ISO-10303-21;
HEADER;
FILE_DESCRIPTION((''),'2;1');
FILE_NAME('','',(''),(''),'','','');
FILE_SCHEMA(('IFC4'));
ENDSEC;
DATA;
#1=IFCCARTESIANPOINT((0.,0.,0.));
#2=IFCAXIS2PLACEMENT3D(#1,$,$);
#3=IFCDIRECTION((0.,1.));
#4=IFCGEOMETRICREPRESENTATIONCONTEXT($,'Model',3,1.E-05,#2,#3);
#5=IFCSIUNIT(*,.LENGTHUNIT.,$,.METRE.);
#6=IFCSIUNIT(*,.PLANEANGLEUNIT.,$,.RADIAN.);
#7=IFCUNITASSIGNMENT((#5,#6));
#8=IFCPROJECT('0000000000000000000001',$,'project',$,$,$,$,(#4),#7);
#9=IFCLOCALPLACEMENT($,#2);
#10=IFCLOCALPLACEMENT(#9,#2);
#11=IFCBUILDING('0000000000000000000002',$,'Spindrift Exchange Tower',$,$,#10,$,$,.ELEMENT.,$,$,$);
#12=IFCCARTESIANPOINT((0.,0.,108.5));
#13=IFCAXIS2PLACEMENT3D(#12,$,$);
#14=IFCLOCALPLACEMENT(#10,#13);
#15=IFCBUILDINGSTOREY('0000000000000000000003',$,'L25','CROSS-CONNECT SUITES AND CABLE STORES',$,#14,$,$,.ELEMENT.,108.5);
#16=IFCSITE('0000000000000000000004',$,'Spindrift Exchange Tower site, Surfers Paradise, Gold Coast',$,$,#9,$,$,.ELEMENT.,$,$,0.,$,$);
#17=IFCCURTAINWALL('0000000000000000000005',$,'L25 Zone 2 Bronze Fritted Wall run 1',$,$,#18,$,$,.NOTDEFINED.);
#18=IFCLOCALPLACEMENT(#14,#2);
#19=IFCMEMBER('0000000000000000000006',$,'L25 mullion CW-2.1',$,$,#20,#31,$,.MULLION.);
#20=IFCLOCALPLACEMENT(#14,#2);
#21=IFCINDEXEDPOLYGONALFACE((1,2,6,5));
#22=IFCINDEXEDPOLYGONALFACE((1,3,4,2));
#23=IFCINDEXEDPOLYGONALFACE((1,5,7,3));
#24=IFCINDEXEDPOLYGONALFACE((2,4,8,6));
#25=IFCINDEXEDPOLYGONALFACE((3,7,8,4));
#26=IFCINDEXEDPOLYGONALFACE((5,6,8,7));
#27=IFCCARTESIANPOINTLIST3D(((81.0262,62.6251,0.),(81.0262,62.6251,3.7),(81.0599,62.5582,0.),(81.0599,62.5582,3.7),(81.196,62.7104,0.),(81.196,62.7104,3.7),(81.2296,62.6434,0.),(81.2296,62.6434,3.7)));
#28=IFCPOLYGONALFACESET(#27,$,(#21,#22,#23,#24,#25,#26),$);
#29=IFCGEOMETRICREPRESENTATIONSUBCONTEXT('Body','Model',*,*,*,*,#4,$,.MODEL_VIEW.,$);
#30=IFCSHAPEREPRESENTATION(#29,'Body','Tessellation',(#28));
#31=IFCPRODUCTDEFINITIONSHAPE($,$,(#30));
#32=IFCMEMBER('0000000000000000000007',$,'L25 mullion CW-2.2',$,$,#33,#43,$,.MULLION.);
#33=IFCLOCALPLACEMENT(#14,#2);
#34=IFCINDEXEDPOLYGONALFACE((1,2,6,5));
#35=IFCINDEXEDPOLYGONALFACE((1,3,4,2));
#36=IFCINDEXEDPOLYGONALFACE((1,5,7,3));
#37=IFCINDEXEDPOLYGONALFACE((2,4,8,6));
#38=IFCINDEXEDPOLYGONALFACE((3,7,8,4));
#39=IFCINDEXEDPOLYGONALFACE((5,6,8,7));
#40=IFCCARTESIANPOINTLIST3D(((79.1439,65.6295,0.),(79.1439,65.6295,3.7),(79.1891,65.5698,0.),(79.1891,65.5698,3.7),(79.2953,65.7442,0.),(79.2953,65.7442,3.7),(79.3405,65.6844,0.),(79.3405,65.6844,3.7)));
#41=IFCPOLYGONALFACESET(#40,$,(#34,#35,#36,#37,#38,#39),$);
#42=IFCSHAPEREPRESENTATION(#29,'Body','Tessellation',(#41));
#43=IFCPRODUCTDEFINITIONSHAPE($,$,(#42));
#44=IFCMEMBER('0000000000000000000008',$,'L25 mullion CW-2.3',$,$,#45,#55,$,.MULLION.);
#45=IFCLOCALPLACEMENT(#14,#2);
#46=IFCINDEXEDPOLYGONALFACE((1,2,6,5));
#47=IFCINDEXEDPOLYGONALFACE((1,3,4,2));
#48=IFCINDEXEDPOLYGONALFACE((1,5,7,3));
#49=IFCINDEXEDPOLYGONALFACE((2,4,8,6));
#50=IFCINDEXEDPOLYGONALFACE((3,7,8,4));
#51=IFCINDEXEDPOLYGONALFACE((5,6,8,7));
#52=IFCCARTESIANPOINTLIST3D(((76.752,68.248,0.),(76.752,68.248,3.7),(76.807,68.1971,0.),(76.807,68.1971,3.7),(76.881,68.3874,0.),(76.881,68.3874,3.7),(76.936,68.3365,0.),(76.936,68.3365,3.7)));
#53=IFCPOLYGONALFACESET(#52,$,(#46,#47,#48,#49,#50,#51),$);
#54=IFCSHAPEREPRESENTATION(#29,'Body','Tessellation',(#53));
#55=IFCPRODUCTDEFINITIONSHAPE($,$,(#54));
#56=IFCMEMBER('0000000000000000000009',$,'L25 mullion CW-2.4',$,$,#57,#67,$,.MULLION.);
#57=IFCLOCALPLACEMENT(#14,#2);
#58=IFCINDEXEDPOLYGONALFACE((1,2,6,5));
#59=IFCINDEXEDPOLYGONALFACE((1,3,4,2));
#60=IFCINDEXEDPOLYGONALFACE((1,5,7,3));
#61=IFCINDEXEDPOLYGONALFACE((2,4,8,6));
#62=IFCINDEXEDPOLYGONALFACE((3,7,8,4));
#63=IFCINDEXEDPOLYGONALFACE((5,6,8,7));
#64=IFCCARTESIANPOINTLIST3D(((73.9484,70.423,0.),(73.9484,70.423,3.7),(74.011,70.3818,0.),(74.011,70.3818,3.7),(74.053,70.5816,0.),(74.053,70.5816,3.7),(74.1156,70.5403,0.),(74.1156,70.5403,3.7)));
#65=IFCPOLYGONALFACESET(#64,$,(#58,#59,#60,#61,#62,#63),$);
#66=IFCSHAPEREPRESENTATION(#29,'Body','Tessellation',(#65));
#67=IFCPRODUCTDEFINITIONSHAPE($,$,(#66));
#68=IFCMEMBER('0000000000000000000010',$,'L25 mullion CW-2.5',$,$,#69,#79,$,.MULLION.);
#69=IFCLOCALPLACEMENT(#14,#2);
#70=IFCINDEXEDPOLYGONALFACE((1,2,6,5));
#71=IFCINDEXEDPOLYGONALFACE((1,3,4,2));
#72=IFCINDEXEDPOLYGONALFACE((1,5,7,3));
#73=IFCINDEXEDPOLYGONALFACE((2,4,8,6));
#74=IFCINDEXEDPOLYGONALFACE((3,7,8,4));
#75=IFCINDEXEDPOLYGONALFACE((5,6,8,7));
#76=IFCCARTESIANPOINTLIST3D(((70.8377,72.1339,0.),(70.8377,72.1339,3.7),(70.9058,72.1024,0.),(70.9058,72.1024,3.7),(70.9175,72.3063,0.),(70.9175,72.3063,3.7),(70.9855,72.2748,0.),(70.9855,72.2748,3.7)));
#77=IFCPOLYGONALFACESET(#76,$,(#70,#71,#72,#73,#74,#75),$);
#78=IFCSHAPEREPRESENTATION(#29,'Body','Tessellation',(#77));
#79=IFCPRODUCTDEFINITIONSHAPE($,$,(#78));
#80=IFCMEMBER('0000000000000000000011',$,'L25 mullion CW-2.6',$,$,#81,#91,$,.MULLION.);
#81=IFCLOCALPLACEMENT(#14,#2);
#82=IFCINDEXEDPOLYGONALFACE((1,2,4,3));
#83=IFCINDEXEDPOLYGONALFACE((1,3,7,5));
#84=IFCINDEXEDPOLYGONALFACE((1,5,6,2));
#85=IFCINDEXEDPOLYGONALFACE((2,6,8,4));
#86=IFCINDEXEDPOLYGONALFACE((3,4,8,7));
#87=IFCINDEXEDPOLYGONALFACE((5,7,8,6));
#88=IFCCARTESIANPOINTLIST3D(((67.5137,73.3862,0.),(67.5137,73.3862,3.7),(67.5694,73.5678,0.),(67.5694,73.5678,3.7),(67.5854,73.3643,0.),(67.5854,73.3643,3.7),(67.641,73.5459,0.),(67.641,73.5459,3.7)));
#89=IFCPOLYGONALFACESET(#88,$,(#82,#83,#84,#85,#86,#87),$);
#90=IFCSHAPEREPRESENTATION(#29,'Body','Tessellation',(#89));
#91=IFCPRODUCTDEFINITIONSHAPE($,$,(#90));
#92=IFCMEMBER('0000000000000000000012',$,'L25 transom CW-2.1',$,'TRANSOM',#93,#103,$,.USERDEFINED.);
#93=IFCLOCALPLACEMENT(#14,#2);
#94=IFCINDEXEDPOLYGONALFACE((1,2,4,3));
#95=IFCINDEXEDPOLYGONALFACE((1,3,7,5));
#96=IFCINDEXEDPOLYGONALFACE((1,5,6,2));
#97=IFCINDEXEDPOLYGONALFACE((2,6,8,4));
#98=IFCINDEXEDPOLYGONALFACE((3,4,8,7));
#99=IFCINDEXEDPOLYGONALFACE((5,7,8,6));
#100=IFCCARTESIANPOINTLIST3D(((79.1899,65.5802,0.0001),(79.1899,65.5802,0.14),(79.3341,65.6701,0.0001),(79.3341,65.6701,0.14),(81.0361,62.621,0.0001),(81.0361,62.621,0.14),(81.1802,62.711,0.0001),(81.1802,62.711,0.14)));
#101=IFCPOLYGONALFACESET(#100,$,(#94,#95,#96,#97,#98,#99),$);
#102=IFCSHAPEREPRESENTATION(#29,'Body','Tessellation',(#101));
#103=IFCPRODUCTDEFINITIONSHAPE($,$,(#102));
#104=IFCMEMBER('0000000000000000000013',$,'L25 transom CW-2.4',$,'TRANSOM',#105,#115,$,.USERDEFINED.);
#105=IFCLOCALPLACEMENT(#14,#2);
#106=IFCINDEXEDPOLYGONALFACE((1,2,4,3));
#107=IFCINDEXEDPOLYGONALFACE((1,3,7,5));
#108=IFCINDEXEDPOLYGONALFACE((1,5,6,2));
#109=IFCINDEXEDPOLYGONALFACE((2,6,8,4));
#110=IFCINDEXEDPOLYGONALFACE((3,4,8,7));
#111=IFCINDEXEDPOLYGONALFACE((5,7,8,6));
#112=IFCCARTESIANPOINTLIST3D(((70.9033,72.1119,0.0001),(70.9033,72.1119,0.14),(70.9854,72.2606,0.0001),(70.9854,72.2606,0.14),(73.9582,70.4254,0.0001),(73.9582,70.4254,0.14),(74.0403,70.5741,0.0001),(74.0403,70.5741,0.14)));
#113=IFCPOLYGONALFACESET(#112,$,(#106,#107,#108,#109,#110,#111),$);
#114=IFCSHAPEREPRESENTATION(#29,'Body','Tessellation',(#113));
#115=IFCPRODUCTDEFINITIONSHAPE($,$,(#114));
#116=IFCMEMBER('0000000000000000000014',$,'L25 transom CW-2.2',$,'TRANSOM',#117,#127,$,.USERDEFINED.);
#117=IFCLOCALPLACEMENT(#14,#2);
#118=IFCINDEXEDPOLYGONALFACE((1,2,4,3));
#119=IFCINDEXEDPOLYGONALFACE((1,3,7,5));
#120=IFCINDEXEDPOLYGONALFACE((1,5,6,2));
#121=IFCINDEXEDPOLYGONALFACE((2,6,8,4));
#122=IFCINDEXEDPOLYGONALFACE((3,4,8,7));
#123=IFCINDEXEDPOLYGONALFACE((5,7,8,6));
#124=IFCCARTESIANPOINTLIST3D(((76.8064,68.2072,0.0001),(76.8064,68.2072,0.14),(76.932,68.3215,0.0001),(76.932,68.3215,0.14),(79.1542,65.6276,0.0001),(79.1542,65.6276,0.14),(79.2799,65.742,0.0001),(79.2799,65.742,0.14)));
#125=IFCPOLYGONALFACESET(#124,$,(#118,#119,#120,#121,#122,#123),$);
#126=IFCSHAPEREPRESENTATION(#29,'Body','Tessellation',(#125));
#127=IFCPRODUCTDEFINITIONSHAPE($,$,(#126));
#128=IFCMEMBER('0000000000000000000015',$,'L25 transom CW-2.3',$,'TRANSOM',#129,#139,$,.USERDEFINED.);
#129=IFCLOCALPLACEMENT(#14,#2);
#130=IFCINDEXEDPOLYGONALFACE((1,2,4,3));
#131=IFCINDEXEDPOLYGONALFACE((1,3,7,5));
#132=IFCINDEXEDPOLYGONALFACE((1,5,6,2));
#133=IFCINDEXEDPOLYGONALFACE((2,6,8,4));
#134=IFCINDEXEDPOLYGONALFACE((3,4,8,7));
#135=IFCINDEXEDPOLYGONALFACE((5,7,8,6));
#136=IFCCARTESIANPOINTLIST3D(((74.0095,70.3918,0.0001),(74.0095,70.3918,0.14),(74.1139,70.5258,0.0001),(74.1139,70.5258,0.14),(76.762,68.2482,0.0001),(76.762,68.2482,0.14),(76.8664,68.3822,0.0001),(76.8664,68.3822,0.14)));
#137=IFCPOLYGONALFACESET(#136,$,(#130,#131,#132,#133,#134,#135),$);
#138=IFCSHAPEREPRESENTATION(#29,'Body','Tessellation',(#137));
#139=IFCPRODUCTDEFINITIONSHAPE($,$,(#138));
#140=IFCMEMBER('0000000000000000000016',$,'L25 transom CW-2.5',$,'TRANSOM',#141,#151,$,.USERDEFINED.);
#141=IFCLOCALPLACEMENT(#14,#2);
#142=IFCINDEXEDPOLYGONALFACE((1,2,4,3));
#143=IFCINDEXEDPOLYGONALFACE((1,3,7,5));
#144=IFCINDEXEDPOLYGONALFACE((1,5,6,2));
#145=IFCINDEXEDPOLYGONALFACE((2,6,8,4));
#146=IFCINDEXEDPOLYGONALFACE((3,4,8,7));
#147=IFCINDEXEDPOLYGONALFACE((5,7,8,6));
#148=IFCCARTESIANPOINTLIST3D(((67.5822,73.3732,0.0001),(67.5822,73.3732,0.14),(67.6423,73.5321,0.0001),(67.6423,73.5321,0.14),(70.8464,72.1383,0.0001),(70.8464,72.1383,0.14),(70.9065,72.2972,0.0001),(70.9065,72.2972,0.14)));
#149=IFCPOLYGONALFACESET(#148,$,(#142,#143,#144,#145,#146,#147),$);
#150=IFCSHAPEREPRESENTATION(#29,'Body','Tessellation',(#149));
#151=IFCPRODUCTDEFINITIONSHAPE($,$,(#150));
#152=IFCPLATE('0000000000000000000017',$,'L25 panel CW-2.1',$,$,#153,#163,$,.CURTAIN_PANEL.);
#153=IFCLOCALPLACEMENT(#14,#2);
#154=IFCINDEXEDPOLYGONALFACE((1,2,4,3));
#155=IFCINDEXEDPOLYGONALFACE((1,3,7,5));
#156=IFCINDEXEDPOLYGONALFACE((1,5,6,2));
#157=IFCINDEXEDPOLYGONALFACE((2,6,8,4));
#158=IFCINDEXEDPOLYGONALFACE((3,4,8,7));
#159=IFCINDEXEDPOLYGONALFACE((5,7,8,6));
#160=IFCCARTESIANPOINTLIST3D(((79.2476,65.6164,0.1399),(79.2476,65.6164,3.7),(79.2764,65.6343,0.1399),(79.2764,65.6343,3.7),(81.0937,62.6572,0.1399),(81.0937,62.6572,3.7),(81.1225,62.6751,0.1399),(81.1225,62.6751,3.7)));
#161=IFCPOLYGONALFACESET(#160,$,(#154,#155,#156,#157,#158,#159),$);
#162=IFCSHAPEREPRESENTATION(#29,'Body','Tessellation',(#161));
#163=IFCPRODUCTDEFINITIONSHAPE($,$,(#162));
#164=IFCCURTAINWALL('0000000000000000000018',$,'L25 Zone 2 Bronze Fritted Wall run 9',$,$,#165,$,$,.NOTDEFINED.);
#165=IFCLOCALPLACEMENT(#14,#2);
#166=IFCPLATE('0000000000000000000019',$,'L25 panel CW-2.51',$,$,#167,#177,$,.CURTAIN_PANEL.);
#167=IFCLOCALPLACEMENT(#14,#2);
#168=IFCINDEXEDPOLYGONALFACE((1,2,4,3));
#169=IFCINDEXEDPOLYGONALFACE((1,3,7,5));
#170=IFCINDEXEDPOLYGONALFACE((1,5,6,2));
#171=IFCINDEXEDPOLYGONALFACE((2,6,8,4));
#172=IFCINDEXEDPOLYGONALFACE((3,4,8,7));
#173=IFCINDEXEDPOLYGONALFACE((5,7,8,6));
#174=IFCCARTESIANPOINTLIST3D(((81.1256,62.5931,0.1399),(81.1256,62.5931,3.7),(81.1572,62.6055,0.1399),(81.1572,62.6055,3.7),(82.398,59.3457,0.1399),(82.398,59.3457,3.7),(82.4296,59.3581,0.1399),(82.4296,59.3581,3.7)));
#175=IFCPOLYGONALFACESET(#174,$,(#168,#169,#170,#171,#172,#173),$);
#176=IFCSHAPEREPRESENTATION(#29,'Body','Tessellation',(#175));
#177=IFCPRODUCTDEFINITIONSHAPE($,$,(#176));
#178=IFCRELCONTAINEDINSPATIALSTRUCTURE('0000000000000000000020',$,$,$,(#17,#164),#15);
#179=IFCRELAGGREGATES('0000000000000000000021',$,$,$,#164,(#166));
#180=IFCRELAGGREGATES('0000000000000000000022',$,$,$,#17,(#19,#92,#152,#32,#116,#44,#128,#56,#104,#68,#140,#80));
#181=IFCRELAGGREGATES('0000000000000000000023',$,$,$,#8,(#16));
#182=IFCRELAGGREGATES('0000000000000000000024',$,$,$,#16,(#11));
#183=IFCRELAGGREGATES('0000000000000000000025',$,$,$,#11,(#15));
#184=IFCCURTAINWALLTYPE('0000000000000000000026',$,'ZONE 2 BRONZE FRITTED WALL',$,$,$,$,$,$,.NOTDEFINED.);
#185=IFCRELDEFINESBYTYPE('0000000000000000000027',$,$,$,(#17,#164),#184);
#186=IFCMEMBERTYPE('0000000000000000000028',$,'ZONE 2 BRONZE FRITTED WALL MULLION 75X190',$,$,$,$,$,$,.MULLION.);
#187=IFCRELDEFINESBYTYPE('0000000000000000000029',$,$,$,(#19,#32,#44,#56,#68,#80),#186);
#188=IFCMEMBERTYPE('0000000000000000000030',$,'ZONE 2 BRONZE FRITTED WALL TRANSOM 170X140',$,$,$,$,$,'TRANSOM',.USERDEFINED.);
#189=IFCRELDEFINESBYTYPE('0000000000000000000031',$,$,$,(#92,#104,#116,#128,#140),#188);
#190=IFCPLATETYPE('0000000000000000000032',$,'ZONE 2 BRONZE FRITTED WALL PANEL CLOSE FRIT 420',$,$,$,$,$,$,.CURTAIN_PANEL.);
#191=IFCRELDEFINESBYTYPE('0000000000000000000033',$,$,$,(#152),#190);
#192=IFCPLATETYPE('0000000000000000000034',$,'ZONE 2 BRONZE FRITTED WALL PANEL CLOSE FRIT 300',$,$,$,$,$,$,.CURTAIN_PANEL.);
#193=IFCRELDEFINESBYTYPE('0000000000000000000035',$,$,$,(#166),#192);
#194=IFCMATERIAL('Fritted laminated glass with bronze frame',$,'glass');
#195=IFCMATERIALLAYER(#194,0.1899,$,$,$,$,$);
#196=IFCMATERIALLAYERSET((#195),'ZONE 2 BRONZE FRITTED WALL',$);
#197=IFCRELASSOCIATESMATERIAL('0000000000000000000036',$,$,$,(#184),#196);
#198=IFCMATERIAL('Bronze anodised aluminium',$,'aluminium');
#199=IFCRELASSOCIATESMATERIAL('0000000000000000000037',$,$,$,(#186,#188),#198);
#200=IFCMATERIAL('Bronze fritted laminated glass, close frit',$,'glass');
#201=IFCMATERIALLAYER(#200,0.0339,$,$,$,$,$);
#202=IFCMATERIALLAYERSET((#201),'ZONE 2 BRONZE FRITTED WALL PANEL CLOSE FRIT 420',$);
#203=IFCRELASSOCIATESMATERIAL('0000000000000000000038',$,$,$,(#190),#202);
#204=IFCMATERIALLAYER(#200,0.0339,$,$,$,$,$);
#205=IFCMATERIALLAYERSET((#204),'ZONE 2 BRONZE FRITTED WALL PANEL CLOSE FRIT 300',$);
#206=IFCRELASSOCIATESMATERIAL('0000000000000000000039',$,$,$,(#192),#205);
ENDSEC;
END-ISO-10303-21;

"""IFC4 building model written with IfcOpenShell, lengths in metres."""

from ifc_helpers import new_model, si_unit, direction, frame, origin, origin_2d, place, context, subcontext, project, spatial, rectangle, extrude, source, transform, mapped, material, layer, layer_set, material_profile, profile_set, type_object, element, aggregate, save


model = new_model("IFC4")

# Units and contexts
model_context = context("Model", 3, precision=1e-05, world=origin(), true_north=direction((0.0, 1.0)))
body_context = subcontext(model_context, "Body", "Model", "MODEL_VIEW")
ifc_project = project(units=[si_unit("LENGTHUNIT", "METRE"), si_unit("PLANEANGLEUNIT", "RADIAN")], contexts=[model_context])

# Site, building, storey
site_placement = place(None, origin())
site = spatial("IfcSite", under=ifc_project, at=site_placement, Name="Spindrift Exchange Tower site, Surfers Paradise, Gold Coast", CompositionType="ELEMENT", RefElevation=0.0)
building_placement = place(site_placement, origin())
building = spatial("IfcBuilding", under=site, at=building_placement, Name="Spindrift Exchange Tower", CompositionType="ELEMENT")
storey_placement = place(building_placement, frame((0.0, 0.0, 108.5)))
storey = spatial("IfcBuildingStorey", under=building, at=storey_placement, Name="L25", Description="CROSS-CONNECT SUITES AND CABLE STORES", CompositionType="ELEMENT", Elevation=108.5)

# Curtain wall, members, plate
ifc_material_1 = material(Name="Fritted laminated glass with bronze frame", Category="glass")
ifc_layer_1 = layer(ifc_material_1, 0.1899)
ifc_layer_set_1 = layer_set([ifc_layer_1], Name="ZONE 2 BRONZE FRITTED WALL")
curtain_wall_type = type_object("IfcCurtainWallType", Name="ZONE 2 BRONZE FRITTED WALL", PredefinedType="NOTDEFINED", material=ifc_layer_set_1)
curtain_wall_1_placement = place(storey_placement, origin())
curtain_wall_1 = element("IfcCurtainWall", 1, at=curtain_wall_1_placement, inside=storey, type_object=curtain_wall_type, Name="L25 Zone 2 Bronze Fritted Wall run 1", PredefinedType="NOTDEFINED")
ifc_material_2 = material(Name="Bronze anodised aluminium", Category="aluminium")
ifc_material_profile_1 = material_profile(ifc_material_2, rectangle(XDim=0.075, YDim=0.1899, at=origin_2d()), Name="ZONE 2 BRONZE FRITTED WALL MULLION 75X190")
ifc_profile_set_1 = profile_set([ifc_material_profile_1], Name="Bronze anodised aluminium")
member_type_1 = type_object("IfcMemberType", Name="ZONE 2 BRONZE FRITTED WALL MULLION 75X190", PredefinedType="MULLION", material=ifc_profile_set_1)
shared_shape_1 = source(origin(), body_context, "Body", "SweptSolid", [
    extrude(rectangle(XDim=0.075, YDim=0.1899, at=origin_2d()), origin(), (0.0, 0.0, 1.0), 3.7),
])
member_1_placement = place(storey_placement, frame((81.1279, 62.6343, 0.0), z_axis=(0.0, 0.0, 1.0), x_axis=(-0.448949, 0.893557, 0.0)))
member_1 = element("IfcMember", 2, at=member_1_placement, type_object=member_type_1, Name="L25 mullion CW-2.1", PredefinedType="MULLION", context=body_context, shape_type="MappedRepresentation", body=[
    mapped(shared_shape_1, transform((0.0, 0.0, 0.0), scale=1.0)),
])
member_2_placement = place(storey_placement, frame((79.2422, 65.657, 0.0), z_axis=(0.0, 0.0, 1.0), x_axis=(-0.603649, 0.79725, 0.0)))
member_2 = element("IfcMember", 3, at=member_2_placement, type_object=member_type_1, Name="L25 mullion CW-2.2", PredefinedType="MULLION", context=body_context, shape_type="MappedRepresentation", body=[
    mapped(shared_shape_1, transform((0.0, 0.0, 0.0), scale=1.0)),
])
member_3_placement = place(storey_placement, frame((76.844, 68.2922, 0.0), z_axis=(0.0, 0.0, 1.0), x_axis=(-0.733725, 0.679446, 0.0)))
member_3 = element("IfcMember", 4, at=member_3_placement, type_object=member_type_1, Name="L25 mullion CW-2.3", PredefinedType="MULLION", context=body_context, shape_type="MappedRepresentation", body=[
    mapped(shared_shape_1, transform((0.0, 0.0, 0.0), scale=1.0)),
])
member_4_placement = place(storey_placement, frame((74.032, 70.4817, 0.0), z_axis=(0.0, 0.0, 1.0), x_axis=(-0.834807, 0.550543, 0.0)))
member_4 = element("IfcMember", 5, at=member_4_placement, type_object=member_type_1, Name="L25 mullion CW-2.4", PredefinedType="MULLION", context=body_context, shape_type="MappedRepresentation", body=[
    mapped(shared_shape_1, transform((0.0, 0.0, 0.0), scale=1.0)),
])
member_5_placement = place(storey_placement, frame((70.9116, 72.2043, 0.0), z_axis=(0.0, 0.0, 1.0), x_axis=(-0.907681, 0.419662, 0.0)))
member_5 = element("IfcMember", 6, at=member_5_placement, type_object=member_type_1, Name="L25 mullion CW-2.5", PredefinedType="MULLION", context=body_context, shape_type="MappedRepresentation", body=[
    mapped(shared_shape_1, transform((0.0, 0.0, 0.0), scale=1.0)),
])
member_6_placement = place(storey_placement, frame((67.5774, 73.4661, 0.0), z_axis=(0.0, 0.0, 1.0), x_axis=(-0.95615, 0.292878, 0.0)))
member_6 = element("IfcMember", 7, at=member_6_placement, type_object=member_type_1, Name="L25 mullion CW-2.6", PredefinedType="MULLION", context=body_context, shape_type="MappedRepresentation", body=[
    mapped(shared_shape_1, transform((0.0, 0.0, 0.0), scale=1.0)),
])
ifc_material_profile_2 = material_profile(ifc_material_2, rectangle(XDim=0.1699, YDim=0.1399, at=origin_2d()), Name="ZONE 2 BRONZE FRITTED WALL TRANSOM 170X140")
ifc_profile_set_2 = profile_set([ifc_material_profile_2], Name="Bronze anodised aluminium")
member_type_2 = type_object("IfcMemberType", Name="ZONE 2 BRONZE FRITTED WALL TRANSOM 170X140", ElementType="TRANSOM", PredefinedType="USERDEFINED", material=ifc_profile_set_2)
shared_shape_2 = source(origin(), body_context, "Body", "SweptSolid", [
    extrude(rectangle(XDim=0.1699, YDim=0.1399, at=origin_2d()), origin(), (0.0, 0.0, 1.0), 3.4878),
])
member_7_placement = place(storey_placement, frame((81.1082, 62.666, 0.0701), z_axis=(-0.529313, 0.848427, 0.0), x_axis=(-0.848427, -0.529313, 0.0)))
member_7 = element("IfcMember", 8, at=member_7_placement, type_object=member_type_2, Name="L25 transom CW-2.1", ObjectType="TRANSOM", PredefinedType="USERDEFINED", context=body_context, shape_type="MappedRepresentation", body=[
    mapped(shared_shape_2, transform((0.0, 0.0, 0.0), scale=1.0)),
])
shared_shape_3 = source(origin(), body_context, "Body", "SweptSolid", [
    extrude(rectangle(XDim=0.1699, YDim=0.1399, at=origin_2d()), origin(), (0.0, 0.0, 1.0), 3.4895),
])
member_8_placement = place(storey_placement, frame((73.9993, 70.4998, 0.0701), z_axis=(-0.875451, 0.483307, 0.0), x_axis=(-0.483307, -0.875451, 0.0)))
member_8 = element("IfcMember", 9, at=member_8_placement, type_object=member_type_2, Name="L25 transom CW-2.4", ObjectType="TRANSOM", PredefinedType="USERDEFINED", context=body_context, shape_type="MappedRepresentation", body=[
    mapped(shared_shape_3, transform((0.0, 0.0, 0.0), scale=1.0)),
])
shared_shape_4 = source(origin(), body_context, "Body", "SweptSolid", [
    extrude(rectangle(XDim=0.1699, YDim=0.1399, at=origin_2d()), origin(), (0.0, 0.0, 1.0), 3.488),
])
member_9_placement = place(storey_placement, frame((79.217, 65.6848, 0.0701), z_axis=(-0.673115, 0.739538, 0.0), x_axis=(-0.739538, -0.673115, 0.0)))
member_9 = element("IfcMember", 10, at=member_9_placement, type_object=member_type_2, Name="L25 transom CW-2.2", ObjectType="TRANSOM", PredefinedType="USERDEFINED", context=body_context, shape_type="MappedRepresentation", body=[
    mapped(shared_shape_4, transform((0.0, 0.0, 0.0), scale=1.0)),
])
shared_shape_5 = source(origin(), body_context, "Body", "SweptSolid", [
    extrude(rectangle(XDim=0.1699, YDim=0.1399, at=origin_2d()), origin(), (0.0, 0.0, 1.0), 3.4888),
])
member_10_placement = place(storey_placement, frame((76.8142, 68.3152, 0.0701), z_axis=(-0.788968, 0.614435, 0.0), x_axis=(-0.614435, -0.788968, 0.0)))
member_10 = element("IfcMember", 11, at=member_10_placement, type_object=member_type_2, Name="L25 transom CW-2.3", ObjectType="TRANSOM", PredefinedType="USERDEFINED", context=body_context, shape_type="MappedRepresentation", body=[
    mapped(shared_shape_5, transform((0.0, 0.0, 0.0), scale=1.0)),
])
shared_shape_6 = source(origin(), body_context, "Body", "SweptSolid", [
    extrude(rectangle(XDim=0.1699, YDim=0.1399, at=origin_2d()), origin(), (0.0, 0.0, 1.0), 3.49),
])
member_11_placement = place(storey_placement, frame((70.8765, 72.2178, 0.0701), z_axis=(-0.935308, 0.353836, 0.0), x_axis=(-0.353836, -0.935308, 0.0)))
member_11 = element("IfcMember", 12, at=member_11_placement, type_object=member_type_2, Name="L25 transom CW-2.5", ObjectType="TRANSOM", PredefinedType="USERDEFINED", context=body_context, shape_type="MappedRepresentation", body=[
    mapped(shared_shape_6, transform((0.0, 0.0, 0.0), scale=1.0)),
])
ifc_material_3 = material(Name="Bronze fritted laminated glass, close frit", Category="glass")
ifc_layer_2 = layer(ifc_material_3, 0.0339)
ifc_layer_set_2 = layer_set([ifc_layer_2], Name="ZONE 2 BRONZE FRITTED WALL PANEL CLOSE FRIT 420")
plate_type_1 = type_object("IfcPlateType", Name="ZONE 2 BRONZE FRITTED WALL PANEL CLOSE FRIT 420", PredefinedType="CURTAIN_PANEL", material=ifc_layer_set_2)
shared_shape_7 = source(origin(), body_context, "Body", "SweptSolid", [
    extrude(rectangle(XDim=3.4878, YDim=0.0339, at=origin_2d()), origin(), (0.0, 0.0, 1.0), 3.5601),
])
plate_1_placement = place(storey_placement, frame((80.1851, 64.1458, 0.1399), z_axis=(0.0, 0.0, 1.0), x_axis=(-0.529283, 0.848446, 0.0)))
plate_1 = element("IfcPlate", 13, at=plate_1_placement, type_object=plate_type_1, Name="L25 panel CW-2.1", PredefinedType="CURTAIN_PANEL", context=body_context, shape_type="MappedRepresentation", body=[
    mapped(shared_shape_7, transform((0.0, 0.0, 0.0), scale=1.0)),
])

# Curtain wall, plate
curtain_wall_2_placement = place(storey_placement, origin())
curtain_wall_2 = element("IfcCurtainWall", 14, at=curtain_wall_2_placement, inside=storey, type_object=curtain_wall_type, Name="L25 Zone 2 Bronze Fritted Wall run 9", PredefinedType="NOTDEFINED")
ifc_layer_3 = layer(ifc_material_3, 0.0339)
ifc_layer_set_3 = layer_set([ifc_layer_3], Name="ZONE 2 BRONZE FRITTED WALL PANEL CLOSE FRIT 300")
plate_type_2 = type_object("IfcPlateType", Name="ZONE 2 BRONZE FRITTED WALL PANEL CLOSE FRIT 300", PredefinedType="CURTAIN_PANEL", material=ifc_layer_set_3)
shared_shape_8 = source(origin(), body_context, "Body", "SweptSolid", [
    extrude(rectangle(XDim=3.4878, YDim=0.0339, at=origin_2d()), origin(), (0.0, 0.0, 1.0), 3.5601),
])
plate_2_placement = place(storey_placement, frame((81.7776, 60.9756, 0.1399), z_axis=(0.0, 0.0, 1.0), x_axis=(-0.364805, 0.931084, 0.0)))
plate_2 = element("IfcPlate", 15, at=plate_2_placement, type_object=plate_type_2, Name="L25 panel CW-2.51", PredefinedType="CURTAIN_PANEL", context=body_context, shape_type="MappedRepresentation", body=[
    mapped(shared_shape_8, transform((0.0, 0.0, 0.0), scale=1.0)),
])
aggregate(curtain_wall_2, [plate_2])

aggregate(curtain_wall_1, [member_1, member_7, plate_1, member_2, member_9, member_3, member_10, member_4, member_8, member_5, member_11, member_6])

save(model, "model.ifc")
